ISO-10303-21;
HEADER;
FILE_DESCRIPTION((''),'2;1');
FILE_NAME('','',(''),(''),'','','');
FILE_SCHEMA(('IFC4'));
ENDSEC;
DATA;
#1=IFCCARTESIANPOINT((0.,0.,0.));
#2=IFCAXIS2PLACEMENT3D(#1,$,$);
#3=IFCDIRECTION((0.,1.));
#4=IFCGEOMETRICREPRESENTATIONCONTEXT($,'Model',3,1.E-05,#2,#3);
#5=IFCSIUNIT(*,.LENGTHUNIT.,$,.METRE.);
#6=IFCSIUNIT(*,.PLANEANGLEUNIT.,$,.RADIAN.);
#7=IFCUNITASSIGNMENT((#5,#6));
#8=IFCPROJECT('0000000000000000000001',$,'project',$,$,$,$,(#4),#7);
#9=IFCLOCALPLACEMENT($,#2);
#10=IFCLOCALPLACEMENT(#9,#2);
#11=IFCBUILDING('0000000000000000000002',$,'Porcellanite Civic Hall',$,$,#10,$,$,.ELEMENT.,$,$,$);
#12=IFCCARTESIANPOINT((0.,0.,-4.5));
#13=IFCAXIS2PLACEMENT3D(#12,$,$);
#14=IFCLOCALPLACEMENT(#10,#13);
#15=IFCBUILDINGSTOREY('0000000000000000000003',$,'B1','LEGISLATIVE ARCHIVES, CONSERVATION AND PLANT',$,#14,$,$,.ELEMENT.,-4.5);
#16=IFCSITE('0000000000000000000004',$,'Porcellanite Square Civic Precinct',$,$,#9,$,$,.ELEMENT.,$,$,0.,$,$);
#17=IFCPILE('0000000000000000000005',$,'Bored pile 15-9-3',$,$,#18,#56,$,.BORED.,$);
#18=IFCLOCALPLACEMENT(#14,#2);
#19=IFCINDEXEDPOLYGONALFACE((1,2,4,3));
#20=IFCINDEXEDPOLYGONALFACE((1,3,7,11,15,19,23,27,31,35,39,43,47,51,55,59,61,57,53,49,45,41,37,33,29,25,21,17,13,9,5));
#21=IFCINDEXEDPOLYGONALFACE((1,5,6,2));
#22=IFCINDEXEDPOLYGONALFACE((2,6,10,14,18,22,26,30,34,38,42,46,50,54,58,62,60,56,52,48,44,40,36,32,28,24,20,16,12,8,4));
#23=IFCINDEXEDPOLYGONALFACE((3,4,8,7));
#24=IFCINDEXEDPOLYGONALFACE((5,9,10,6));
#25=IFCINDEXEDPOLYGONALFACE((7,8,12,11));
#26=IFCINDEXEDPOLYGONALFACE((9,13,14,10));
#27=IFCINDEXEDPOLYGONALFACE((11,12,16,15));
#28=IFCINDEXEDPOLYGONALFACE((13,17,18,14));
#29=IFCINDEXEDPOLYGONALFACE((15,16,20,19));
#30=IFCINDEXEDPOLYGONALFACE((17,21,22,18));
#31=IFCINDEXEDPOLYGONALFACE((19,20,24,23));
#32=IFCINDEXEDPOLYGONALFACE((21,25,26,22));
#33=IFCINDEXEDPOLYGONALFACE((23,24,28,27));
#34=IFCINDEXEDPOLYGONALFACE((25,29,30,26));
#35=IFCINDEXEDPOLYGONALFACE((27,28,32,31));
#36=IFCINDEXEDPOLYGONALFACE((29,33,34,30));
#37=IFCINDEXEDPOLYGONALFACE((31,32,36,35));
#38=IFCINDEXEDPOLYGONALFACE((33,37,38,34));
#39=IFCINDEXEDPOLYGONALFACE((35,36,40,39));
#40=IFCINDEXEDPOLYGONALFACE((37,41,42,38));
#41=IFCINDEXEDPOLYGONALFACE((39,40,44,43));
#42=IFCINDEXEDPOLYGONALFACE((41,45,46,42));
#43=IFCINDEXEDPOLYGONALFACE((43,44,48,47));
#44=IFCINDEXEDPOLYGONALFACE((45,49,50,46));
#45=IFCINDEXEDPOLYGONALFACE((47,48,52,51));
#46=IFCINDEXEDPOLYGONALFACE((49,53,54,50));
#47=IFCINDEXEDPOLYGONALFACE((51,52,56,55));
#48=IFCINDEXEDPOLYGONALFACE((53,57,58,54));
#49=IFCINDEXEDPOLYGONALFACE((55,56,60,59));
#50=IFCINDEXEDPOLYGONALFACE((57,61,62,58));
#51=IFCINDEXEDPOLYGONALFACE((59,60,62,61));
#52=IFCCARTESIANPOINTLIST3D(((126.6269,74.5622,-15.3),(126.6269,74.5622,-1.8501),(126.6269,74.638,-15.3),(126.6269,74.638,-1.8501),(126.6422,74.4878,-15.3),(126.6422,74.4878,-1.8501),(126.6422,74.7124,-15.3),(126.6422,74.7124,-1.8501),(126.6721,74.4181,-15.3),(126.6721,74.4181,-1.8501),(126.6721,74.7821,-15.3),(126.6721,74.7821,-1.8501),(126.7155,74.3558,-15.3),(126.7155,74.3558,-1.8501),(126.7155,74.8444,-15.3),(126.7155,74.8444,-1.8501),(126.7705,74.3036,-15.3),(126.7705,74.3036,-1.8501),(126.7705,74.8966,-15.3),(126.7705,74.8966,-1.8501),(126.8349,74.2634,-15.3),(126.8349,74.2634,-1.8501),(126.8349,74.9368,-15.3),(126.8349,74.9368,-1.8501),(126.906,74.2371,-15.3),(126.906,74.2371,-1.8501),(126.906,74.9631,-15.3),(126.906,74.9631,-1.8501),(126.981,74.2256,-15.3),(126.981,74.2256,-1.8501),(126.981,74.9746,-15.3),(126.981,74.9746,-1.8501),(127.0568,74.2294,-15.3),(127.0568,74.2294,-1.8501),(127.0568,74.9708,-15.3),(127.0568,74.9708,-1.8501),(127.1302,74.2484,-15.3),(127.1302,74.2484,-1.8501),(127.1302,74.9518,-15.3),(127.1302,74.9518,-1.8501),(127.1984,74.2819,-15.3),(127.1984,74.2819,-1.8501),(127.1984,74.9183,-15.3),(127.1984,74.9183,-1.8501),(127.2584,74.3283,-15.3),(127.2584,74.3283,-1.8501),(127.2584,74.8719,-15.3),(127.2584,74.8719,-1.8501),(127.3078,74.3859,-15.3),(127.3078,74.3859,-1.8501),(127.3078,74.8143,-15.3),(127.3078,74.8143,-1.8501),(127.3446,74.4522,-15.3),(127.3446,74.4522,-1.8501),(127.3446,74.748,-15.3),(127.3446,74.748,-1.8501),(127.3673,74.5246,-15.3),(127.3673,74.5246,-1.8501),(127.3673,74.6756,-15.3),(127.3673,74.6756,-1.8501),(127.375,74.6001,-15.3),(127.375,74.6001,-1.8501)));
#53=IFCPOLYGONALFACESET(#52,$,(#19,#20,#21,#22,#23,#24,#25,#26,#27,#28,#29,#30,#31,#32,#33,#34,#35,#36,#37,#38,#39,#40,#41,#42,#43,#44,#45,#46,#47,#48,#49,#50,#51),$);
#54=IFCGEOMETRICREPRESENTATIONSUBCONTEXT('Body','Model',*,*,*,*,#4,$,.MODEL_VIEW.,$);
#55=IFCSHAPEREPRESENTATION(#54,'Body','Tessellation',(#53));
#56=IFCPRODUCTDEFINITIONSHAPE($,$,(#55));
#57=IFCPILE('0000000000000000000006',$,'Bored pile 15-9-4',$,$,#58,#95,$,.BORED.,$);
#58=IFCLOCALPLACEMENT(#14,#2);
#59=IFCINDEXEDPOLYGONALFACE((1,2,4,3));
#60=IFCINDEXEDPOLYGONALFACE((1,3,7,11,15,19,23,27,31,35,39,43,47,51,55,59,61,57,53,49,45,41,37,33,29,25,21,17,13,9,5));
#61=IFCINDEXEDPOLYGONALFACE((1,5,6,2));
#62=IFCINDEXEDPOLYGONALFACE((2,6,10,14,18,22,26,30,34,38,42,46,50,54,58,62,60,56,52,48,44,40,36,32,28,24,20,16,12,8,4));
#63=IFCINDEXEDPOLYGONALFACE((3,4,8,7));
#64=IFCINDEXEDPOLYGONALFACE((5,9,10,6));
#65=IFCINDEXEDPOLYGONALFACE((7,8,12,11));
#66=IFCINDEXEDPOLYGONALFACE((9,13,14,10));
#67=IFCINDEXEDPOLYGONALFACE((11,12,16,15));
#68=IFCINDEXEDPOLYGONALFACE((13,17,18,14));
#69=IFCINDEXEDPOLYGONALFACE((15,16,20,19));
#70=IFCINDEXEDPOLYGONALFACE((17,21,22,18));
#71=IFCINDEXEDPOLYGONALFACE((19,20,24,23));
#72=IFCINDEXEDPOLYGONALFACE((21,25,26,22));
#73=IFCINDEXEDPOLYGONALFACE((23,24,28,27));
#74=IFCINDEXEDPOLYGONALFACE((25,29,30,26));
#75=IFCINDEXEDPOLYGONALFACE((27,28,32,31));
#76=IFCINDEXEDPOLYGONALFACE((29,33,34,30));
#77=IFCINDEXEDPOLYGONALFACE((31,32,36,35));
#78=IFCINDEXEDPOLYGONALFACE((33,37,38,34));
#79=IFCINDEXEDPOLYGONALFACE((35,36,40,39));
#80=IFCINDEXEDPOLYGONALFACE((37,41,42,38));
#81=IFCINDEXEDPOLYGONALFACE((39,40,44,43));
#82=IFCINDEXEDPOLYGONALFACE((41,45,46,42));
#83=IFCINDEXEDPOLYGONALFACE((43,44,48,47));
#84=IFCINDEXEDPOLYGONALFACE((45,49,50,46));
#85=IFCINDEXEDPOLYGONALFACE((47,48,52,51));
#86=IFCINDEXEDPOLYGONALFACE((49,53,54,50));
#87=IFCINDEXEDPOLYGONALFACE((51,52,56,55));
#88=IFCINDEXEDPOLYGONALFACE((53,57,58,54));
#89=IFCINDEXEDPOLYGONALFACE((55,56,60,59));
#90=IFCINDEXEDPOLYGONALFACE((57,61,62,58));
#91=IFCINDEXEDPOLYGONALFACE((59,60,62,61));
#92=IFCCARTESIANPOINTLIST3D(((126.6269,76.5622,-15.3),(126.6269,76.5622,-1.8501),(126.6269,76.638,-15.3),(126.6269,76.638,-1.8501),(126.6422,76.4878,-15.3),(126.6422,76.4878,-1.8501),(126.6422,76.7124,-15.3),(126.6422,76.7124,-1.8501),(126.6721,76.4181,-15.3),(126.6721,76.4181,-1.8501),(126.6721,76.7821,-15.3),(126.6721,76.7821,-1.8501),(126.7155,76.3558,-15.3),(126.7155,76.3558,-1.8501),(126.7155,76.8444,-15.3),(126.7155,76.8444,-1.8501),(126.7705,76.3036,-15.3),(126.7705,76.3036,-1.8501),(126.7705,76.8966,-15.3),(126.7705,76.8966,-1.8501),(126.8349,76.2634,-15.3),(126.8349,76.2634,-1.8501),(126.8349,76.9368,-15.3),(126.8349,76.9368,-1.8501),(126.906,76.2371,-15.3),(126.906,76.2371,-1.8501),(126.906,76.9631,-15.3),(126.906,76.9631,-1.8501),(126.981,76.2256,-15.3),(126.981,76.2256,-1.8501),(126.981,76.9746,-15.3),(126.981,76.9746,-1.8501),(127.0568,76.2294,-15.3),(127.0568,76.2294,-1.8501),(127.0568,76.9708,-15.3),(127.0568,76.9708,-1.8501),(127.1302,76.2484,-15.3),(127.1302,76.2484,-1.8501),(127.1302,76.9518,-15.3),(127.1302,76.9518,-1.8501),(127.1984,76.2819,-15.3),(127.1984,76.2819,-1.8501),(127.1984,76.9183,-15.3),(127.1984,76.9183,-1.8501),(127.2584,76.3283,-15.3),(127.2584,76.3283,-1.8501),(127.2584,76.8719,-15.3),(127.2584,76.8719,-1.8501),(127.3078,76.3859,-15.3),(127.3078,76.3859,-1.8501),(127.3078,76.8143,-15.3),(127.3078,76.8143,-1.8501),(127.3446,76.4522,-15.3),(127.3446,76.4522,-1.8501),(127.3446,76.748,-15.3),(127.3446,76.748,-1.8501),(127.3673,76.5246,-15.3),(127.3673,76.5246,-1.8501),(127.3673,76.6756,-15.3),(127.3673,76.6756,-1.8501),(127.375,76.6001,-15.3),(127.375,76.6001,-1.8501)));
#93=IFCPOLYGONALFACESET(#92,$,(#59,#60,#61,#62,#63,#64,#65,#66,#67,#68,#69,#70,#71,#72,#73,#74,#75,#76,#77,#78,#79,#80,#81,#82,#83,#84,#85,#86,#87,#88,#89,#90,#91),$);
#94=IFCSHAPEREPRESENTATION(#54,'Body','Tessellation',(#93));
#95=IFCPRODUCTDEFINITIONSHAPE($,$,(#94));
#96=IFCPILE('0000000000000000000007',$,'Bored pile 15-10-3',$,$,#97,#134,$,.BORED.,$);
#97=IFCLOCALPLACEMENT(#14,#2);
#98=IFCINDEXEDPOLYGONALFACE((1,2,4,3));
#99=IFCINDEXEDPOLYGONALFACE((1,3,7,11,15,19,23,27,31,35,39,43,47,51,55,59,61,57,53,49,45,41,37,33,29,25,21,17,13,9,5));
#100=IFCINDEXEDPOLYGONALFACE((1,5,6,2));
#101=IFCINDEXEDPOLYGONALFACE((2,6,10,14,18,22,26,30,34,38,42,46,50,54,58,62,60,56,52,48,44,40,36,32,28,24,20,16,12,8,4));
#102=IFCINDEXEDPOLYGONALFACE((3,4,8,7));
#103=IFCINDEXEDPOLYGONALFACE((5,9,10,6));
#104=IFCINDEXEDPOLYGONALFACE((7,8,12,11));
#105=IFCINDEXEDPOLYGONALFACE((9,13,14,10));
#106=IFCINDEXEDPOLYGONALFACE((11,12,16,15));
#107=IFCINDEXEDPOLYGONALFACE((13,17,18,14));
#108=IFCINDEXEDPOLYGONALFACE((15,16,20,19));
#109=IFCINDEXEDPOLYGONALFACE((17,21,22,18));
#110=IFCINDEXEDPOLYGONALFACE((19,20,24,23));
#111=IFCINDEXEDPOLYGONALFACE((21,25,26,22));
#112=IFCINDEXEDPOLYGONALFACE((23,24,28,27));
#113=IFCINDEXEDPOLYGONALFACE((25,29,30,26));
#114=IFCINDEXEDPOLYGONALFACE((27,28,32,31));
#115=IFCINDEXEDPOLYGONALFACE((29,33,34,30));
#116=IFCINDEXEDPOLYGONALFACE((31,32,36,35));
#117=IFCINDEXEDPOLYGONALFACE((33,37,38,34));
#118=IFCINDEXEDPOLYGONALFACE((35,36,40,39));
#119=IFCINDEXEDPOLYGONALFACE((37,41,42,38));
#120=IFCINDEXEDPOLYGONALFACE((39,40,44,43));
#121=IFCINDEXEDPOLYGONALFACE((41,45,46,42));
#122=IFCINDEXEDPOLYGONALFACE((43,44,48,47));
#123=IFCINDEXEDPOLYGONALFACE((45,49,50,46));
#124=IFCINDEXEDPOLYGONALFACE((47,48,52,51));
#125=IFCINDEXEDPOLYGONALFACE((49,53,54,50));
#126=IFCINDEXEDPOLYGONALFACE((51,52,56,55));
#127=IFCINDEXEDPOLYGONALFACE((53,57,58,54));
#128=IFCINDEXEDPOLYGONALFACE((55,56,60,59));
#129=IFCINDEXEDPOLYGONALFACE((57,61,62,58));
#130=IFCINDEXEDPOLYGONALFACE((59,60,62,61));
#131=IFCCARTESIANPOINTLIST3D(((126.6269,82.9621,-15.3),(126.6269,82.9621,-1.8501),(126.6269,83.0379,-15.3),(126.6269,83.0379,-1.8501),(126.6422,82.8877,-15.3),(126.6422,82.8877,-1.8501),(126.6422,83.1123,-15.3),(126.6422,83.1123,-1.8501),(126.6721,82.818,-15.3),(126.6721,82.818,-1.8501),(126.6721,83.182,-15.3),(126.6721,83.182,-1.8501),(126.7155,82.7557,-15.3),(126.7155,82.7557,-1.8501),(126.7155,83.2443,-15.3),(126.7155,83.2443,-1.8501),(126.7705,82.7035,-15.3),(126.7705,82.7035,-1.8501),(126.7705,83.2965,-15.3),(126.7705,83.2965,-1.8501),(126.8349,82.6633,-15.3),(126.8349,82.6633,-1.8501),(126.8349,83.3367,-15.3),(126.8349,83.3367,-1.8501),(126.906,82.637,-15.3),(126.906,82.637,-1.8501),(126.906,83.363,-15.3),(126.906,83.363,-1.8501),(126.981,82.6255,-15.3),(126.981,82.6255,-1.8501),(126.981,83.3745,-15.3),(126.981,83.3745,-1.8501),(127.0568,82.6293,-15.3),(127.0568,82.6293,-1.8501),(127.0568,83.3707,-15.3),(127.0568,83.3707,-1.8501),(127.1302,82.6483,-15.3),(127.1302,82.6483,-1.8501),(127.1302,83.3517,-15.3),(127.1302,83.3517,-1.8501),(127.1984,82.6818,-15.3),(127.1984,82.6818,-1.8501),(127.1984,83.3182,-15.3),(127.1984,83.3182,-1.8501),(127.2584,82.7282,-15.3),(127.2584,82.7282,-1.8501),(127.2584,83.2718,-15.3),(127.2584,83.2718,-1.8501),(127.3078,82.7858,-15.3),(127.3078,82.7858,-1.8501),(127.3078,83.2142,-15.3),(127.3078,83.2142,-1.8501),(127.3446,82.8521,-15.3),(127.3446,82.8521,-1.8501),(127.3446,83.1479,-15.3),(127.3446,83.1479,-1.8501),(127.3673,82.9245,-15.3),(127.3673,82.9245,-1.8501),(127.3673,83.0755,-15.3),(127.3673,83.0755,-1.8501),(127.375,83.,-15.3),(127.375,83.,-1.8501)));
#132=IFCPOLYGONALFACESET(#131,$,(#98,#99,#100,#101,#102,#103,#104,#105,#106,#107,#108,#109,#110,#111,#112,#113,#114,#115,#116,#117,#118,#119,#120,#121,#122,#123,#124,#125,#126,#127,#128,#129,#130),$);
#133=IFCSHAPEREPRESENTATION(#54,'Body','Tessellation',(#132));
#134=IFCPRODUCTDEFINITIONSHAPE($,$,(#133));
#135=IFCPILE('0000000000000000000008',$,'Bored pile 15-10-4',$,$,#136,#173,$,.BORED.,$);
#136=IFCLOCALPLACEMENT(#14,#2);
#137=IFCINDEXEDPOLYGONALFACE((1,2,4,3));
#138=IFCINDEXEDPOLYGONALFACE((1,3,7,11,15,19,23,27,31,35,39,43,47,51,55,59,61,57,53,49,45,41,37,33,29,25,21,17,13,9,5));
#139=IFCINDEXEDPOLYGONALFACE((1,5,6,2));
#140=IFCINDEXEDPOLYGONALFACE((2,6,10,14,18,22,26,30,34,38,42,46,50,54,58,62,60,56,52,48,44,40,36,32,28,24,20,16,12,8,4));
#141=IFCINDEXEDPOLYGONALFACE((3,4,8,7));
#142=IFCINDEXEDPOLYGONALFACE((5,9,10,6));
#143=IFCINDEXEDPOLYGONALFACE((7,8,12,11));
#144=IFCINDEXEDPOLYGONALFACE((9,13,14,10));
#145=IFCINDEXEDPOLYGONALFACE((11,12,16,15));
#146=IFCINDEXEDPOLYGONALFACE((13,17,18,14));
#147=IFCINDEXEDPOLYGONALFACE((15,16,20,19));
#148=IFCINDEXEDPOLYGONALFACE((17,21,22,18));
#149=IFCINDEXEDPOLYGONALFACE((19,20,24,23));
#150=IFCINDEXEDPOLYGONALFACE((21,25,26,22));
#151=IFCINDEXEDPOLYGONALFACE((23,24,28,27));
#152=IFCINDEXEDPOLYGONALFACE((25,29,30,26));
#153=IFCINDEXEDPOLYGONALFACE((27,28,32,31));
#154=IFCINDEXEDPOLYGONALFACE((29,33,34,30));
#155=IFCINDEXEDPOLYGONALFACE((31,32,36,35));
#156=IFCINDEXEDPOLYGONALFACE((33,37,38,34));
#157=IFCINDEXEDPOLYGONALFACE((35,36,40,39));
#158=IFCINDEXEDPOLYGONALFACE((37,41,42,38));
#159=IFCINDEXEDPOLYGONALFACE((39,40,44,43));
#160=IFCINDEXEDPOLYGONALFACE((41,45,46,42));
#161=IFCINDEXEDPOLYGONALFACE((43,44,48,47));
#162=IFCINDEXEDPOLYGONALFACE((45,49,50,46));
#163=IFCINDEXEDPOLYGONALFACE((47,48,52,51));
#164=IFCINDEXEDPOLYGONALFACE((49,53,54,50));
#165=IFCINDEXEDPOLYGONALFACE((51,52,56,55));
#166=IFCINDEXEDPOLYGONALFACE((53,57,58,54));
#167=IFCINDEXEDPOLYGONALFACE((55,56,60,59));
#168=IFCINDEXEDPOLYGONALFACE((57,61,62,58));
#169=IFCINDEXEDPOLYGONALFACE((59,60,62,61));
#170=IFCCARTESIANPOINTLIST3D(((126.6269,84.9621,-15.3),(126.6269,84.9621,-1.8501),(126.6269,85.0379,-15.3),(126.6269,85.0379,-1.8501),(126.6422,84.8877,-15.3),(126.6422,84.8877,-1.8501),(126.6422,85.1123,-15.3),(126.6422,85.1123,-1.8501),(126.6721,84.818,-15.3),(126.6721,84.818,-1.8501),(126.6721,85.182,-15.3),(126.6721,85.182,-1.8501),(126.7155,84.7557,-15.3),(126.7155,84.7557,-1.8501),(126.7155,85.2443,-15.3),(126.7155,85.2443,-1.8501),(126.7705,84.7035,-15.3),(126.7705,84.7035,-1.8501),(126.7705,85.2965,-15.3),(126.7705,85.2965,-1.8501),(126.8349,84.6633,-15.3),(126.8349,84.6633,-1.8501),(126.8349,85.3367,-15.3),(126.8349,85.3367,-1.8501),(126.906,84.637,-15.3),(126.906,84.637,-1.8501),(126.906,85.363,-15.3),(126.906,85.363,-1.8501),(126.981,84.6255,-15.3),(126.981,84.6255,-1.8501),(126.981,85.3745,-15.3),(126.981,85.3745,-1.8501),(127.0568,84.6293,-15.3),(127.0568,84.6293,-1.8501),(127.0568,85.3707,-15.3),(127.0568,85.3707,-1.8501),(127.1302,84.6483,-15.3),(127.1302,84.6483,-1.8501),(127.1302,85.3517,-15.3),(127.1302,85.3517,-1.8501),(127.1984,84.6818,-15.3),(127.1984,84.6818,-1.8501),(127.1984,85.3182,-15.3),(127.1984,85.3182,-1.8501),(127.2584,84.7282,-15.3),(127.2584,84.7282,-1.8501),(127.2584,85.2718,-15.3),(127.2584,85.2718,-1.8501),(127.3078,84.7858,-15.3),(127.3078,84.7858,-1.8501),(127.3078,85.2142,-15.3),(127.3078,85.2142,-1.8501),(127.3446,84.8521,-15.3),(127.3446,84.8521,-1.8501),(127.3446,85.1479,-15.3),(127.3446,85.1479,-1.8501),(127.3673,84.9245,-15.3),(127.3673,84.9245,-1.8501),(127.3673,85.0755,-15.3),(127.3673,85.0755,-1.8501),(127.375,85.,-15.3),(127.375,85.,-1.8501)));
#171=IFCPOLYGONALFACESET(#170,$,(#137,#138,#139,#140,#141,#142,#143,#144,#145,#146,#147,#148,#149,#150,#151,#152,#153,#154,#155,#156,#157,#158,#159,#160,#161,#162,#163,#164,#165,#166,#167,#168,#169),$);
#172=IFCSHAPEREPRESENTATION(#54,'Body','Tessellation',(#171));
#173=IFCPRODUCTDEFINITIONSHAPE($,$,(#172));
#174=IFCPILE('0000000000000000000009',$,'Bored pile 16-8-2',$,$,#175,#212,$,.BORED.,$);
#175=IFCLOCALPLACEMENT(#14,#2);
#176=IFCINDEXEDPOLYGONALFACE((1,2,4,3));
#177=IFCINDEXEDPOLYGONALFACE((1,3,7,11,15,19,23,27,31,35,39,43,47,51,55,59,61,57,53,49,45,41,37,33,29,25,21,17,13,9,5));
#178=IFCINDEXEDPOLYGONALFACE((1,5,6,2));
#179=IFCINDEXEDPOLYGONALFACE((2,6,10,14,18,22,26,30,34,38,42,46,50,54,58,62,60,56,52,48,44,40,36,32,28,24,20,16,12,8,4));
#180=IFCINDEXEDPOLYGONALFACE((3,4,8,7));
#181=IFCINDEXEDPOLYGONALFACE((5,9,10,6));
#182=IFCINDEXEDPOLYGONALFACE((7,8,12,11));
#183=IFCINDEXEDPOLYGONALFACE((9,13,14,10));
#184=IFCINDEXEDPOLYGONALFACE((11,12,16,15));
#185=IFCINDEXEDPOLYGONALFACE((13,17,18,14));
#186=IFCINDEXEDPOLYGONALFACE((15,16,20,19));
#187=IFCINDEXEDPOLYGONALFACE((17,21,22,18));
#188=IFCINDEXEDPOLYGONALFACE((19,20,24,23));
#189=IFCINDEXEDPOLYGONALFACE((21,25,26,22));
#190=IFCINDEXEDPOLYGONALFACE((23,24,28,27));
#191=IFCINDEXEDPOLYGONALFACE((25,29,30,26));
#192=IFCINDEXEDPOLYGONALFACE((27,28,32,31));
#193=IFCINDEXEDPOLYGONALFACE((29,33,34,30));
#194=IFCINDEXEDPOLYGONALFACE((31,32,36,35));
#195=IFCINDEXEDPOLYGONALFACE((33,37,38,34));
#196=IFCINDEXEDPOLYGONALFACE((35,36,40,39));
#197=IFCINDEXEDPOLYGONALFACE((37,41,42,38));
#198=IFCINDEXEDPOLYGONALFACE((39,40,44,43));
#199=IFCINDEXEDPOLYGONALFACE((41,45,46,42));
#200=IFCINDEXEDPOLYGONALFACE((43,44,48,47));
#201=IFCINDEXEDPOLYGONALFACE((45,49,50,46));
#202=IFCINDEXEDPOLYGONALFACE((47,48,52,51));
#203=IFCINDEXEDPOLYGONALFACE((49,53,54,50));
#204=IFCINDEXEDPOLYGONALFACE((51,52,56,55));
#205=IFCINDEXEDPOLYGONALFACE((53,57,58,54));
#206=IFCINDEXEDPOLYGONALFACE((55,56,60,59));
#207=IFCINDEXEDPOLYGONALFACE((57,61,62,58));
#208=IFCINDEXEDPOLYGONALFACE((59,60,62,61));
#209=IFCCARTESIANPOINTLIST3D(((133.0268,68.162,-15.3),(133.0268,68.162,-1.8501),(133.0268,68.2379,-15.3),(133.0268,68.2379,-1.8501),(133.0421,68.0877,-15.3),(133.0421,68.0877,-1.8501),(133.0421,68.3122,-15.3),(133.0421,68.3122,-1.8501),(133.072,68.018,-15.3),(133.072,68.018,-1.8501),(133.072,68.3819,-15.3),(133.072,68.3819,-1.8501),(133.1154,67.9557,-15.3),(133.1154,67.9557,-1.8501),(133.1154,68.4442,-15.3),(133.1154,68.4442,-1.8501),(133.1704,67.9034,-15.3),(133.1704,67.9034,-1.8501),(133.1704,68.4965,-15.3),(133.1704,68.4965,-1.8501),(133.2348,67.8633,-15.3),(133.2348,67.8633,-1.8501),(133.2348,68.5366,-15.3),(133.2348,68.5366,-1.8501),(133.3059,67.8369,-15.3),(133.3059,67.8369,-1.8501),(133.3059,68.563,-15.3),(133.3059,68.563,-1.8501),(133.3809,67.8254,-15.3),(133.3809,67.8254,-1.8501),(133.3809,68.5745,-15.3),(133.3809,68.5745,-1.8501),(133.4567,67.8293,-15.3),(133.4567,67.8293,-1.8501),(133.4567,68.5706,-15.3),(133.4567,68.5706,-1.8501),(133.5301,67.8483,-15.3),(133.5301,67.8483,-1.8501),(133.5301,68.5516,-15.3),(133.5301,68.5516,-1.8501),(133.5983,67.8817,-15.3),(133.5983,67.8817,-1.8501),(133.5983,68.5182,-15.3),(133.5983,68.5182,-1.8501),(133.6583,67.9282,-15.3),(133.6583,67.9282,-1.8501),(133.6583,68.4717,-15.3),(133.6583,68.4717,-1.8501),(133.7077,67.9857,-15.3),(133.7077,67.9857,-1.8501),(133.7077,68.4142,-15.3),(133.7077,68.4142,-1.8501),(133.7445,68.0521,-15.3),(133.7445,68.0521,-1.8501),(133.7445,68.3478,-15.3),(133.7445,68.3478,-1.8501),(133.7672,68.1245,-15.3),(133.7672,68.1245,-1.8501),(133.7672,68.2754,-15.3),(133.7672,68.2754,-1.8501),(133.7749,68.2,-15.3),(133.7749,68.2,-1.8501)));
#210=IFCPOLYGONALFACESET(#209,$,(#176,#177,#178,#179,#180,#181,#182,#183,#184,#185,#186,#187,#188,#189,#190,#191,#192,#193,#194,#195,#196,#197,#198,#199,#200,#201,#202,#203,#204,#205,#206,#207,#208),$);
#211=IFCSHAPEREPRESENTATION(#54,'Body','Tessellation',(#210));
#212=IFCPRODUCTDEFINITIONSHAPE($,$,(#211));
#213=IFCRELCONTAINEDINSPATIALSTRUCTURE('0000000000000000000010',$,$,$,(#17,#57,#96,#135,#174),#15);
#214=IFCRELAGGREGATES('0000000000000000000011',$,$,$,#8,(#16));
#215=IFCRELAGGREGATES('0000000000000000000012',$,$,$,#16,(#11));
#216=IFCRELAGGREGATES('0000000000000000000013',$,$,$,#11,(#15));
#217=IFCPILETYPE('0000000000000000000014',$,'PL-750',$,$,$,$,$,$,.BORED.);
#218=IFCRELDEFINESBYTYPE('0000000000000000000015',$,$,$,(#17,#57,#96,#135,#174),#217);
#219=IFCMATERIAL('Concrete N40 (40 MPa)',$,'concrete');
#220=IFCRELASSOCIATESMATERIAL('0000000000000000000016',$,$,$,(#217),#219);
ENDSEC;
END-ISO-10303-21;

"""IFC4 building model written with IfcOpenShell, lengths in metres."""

from ifc_helpers import new_model, si_unit, direction, frame, origin, origin_2d, place, context, subcontext, project, spatial, circle, extrude, material, material_profile, profile_set, type_object, element, save


model = new_model("IFC4")

# Units and contexts
model_context = context("Model", 3, precision=1e-05, world=origin(), true_north=direction((0.0, 1.0)))
body_context = subcontext(model_context, "Body", "Model", "MODEL_VIEW")
ifc_project = project(units=[si_unit("LENGTHUNIT", "METRE"), si_unit("PLANEANGLEUNIT", "RADIAN")], contexts=[model_context])

# Site, building, storey
site_placement = place(None, origin())
site = spatial("IfcSite", under=ifc_project, at=site_placement, Name="Porcellanite Square Civic Precinct", CompositionType="ELEMENT", RefElevation=0.0)
building_placement = place(site_placement, origin())
building = spatial("IfcBuilding", under=site, at=building_placement, Name="Porcellanite Civic Hall", CompositionType="ELEMENT")
storey_placement = place(building_placement, frame((0.0, 0.0, -4.5)))
storey = spatial("IfcBuildingStorey", under=building, at=storey_placement, Name="B1", Description="LEGISLATIVE ARCHIVES, CONSERVATION AND PLANT", CompositionType="ELEMENT", Elevation=-4.5)

# Piles
ifc_material_1 = material(Name="Concrete N40 (40 MPa)", Category="concrete")
ifc_material_profile_1 = material_profile(ifc_material_1, circle(Radius=0.375, at=origin_2d()), Name="PILE-D750")
ifc_profile_set_1 = profile_set([ifc_material_profile_1], Name="Concrete N40 (40 MPa)")
pile_type_1 = type_object("IfcPileType", Name="PL-750", PredefinedType="BORED", material=ifc_profile_set_1)
for number, where, z_axis, x_axis, name in (
    (1, (127.0, 74.6001, -1.8501), (0.0, 0.0, -1.0), (1.0, 0.0, 0.0), "Bored pile 15-9-3"),
    (2, (127.0, 76.6001, -1.8501), (0.0, 0.0, -1.0), (1.0, 0.0, 0.0), "Bored pile 15-9-4"),
    (3, (127.0, 83.0, -1.8501), (0.0, 0.0, -1.0), (1.0, 0.0, 0.0), "Bored pile 15-10-3"),
    (4, (127.0, 85.0, -1.8501), (0.0, 0.0, -1.0), (1.0, 0.0, 0.0), "Bored pile 15-10-4"),
    (5, (133.3999, 68.2, -1.8501), (0.0, 0.0, -1.0), (1.0, 0.0, 0.0), "Bored pile 16-8-2"),
):
    element("IfcPile", number, at=place(storey_placement, frame(where, z_axis=z_axis, x_axis=x_axis)), inside=storey, type_object=pile_type_1, Name=name, PredefinedType="BORED", context=body_context, shape_type="SweptSolid", body=[
        extrude(circle(Radius=0.375, at=origin_2d()), origin(), (0.0, 0.0, 1.0), 13.45),
    ])

save(model, "model.ifc")
